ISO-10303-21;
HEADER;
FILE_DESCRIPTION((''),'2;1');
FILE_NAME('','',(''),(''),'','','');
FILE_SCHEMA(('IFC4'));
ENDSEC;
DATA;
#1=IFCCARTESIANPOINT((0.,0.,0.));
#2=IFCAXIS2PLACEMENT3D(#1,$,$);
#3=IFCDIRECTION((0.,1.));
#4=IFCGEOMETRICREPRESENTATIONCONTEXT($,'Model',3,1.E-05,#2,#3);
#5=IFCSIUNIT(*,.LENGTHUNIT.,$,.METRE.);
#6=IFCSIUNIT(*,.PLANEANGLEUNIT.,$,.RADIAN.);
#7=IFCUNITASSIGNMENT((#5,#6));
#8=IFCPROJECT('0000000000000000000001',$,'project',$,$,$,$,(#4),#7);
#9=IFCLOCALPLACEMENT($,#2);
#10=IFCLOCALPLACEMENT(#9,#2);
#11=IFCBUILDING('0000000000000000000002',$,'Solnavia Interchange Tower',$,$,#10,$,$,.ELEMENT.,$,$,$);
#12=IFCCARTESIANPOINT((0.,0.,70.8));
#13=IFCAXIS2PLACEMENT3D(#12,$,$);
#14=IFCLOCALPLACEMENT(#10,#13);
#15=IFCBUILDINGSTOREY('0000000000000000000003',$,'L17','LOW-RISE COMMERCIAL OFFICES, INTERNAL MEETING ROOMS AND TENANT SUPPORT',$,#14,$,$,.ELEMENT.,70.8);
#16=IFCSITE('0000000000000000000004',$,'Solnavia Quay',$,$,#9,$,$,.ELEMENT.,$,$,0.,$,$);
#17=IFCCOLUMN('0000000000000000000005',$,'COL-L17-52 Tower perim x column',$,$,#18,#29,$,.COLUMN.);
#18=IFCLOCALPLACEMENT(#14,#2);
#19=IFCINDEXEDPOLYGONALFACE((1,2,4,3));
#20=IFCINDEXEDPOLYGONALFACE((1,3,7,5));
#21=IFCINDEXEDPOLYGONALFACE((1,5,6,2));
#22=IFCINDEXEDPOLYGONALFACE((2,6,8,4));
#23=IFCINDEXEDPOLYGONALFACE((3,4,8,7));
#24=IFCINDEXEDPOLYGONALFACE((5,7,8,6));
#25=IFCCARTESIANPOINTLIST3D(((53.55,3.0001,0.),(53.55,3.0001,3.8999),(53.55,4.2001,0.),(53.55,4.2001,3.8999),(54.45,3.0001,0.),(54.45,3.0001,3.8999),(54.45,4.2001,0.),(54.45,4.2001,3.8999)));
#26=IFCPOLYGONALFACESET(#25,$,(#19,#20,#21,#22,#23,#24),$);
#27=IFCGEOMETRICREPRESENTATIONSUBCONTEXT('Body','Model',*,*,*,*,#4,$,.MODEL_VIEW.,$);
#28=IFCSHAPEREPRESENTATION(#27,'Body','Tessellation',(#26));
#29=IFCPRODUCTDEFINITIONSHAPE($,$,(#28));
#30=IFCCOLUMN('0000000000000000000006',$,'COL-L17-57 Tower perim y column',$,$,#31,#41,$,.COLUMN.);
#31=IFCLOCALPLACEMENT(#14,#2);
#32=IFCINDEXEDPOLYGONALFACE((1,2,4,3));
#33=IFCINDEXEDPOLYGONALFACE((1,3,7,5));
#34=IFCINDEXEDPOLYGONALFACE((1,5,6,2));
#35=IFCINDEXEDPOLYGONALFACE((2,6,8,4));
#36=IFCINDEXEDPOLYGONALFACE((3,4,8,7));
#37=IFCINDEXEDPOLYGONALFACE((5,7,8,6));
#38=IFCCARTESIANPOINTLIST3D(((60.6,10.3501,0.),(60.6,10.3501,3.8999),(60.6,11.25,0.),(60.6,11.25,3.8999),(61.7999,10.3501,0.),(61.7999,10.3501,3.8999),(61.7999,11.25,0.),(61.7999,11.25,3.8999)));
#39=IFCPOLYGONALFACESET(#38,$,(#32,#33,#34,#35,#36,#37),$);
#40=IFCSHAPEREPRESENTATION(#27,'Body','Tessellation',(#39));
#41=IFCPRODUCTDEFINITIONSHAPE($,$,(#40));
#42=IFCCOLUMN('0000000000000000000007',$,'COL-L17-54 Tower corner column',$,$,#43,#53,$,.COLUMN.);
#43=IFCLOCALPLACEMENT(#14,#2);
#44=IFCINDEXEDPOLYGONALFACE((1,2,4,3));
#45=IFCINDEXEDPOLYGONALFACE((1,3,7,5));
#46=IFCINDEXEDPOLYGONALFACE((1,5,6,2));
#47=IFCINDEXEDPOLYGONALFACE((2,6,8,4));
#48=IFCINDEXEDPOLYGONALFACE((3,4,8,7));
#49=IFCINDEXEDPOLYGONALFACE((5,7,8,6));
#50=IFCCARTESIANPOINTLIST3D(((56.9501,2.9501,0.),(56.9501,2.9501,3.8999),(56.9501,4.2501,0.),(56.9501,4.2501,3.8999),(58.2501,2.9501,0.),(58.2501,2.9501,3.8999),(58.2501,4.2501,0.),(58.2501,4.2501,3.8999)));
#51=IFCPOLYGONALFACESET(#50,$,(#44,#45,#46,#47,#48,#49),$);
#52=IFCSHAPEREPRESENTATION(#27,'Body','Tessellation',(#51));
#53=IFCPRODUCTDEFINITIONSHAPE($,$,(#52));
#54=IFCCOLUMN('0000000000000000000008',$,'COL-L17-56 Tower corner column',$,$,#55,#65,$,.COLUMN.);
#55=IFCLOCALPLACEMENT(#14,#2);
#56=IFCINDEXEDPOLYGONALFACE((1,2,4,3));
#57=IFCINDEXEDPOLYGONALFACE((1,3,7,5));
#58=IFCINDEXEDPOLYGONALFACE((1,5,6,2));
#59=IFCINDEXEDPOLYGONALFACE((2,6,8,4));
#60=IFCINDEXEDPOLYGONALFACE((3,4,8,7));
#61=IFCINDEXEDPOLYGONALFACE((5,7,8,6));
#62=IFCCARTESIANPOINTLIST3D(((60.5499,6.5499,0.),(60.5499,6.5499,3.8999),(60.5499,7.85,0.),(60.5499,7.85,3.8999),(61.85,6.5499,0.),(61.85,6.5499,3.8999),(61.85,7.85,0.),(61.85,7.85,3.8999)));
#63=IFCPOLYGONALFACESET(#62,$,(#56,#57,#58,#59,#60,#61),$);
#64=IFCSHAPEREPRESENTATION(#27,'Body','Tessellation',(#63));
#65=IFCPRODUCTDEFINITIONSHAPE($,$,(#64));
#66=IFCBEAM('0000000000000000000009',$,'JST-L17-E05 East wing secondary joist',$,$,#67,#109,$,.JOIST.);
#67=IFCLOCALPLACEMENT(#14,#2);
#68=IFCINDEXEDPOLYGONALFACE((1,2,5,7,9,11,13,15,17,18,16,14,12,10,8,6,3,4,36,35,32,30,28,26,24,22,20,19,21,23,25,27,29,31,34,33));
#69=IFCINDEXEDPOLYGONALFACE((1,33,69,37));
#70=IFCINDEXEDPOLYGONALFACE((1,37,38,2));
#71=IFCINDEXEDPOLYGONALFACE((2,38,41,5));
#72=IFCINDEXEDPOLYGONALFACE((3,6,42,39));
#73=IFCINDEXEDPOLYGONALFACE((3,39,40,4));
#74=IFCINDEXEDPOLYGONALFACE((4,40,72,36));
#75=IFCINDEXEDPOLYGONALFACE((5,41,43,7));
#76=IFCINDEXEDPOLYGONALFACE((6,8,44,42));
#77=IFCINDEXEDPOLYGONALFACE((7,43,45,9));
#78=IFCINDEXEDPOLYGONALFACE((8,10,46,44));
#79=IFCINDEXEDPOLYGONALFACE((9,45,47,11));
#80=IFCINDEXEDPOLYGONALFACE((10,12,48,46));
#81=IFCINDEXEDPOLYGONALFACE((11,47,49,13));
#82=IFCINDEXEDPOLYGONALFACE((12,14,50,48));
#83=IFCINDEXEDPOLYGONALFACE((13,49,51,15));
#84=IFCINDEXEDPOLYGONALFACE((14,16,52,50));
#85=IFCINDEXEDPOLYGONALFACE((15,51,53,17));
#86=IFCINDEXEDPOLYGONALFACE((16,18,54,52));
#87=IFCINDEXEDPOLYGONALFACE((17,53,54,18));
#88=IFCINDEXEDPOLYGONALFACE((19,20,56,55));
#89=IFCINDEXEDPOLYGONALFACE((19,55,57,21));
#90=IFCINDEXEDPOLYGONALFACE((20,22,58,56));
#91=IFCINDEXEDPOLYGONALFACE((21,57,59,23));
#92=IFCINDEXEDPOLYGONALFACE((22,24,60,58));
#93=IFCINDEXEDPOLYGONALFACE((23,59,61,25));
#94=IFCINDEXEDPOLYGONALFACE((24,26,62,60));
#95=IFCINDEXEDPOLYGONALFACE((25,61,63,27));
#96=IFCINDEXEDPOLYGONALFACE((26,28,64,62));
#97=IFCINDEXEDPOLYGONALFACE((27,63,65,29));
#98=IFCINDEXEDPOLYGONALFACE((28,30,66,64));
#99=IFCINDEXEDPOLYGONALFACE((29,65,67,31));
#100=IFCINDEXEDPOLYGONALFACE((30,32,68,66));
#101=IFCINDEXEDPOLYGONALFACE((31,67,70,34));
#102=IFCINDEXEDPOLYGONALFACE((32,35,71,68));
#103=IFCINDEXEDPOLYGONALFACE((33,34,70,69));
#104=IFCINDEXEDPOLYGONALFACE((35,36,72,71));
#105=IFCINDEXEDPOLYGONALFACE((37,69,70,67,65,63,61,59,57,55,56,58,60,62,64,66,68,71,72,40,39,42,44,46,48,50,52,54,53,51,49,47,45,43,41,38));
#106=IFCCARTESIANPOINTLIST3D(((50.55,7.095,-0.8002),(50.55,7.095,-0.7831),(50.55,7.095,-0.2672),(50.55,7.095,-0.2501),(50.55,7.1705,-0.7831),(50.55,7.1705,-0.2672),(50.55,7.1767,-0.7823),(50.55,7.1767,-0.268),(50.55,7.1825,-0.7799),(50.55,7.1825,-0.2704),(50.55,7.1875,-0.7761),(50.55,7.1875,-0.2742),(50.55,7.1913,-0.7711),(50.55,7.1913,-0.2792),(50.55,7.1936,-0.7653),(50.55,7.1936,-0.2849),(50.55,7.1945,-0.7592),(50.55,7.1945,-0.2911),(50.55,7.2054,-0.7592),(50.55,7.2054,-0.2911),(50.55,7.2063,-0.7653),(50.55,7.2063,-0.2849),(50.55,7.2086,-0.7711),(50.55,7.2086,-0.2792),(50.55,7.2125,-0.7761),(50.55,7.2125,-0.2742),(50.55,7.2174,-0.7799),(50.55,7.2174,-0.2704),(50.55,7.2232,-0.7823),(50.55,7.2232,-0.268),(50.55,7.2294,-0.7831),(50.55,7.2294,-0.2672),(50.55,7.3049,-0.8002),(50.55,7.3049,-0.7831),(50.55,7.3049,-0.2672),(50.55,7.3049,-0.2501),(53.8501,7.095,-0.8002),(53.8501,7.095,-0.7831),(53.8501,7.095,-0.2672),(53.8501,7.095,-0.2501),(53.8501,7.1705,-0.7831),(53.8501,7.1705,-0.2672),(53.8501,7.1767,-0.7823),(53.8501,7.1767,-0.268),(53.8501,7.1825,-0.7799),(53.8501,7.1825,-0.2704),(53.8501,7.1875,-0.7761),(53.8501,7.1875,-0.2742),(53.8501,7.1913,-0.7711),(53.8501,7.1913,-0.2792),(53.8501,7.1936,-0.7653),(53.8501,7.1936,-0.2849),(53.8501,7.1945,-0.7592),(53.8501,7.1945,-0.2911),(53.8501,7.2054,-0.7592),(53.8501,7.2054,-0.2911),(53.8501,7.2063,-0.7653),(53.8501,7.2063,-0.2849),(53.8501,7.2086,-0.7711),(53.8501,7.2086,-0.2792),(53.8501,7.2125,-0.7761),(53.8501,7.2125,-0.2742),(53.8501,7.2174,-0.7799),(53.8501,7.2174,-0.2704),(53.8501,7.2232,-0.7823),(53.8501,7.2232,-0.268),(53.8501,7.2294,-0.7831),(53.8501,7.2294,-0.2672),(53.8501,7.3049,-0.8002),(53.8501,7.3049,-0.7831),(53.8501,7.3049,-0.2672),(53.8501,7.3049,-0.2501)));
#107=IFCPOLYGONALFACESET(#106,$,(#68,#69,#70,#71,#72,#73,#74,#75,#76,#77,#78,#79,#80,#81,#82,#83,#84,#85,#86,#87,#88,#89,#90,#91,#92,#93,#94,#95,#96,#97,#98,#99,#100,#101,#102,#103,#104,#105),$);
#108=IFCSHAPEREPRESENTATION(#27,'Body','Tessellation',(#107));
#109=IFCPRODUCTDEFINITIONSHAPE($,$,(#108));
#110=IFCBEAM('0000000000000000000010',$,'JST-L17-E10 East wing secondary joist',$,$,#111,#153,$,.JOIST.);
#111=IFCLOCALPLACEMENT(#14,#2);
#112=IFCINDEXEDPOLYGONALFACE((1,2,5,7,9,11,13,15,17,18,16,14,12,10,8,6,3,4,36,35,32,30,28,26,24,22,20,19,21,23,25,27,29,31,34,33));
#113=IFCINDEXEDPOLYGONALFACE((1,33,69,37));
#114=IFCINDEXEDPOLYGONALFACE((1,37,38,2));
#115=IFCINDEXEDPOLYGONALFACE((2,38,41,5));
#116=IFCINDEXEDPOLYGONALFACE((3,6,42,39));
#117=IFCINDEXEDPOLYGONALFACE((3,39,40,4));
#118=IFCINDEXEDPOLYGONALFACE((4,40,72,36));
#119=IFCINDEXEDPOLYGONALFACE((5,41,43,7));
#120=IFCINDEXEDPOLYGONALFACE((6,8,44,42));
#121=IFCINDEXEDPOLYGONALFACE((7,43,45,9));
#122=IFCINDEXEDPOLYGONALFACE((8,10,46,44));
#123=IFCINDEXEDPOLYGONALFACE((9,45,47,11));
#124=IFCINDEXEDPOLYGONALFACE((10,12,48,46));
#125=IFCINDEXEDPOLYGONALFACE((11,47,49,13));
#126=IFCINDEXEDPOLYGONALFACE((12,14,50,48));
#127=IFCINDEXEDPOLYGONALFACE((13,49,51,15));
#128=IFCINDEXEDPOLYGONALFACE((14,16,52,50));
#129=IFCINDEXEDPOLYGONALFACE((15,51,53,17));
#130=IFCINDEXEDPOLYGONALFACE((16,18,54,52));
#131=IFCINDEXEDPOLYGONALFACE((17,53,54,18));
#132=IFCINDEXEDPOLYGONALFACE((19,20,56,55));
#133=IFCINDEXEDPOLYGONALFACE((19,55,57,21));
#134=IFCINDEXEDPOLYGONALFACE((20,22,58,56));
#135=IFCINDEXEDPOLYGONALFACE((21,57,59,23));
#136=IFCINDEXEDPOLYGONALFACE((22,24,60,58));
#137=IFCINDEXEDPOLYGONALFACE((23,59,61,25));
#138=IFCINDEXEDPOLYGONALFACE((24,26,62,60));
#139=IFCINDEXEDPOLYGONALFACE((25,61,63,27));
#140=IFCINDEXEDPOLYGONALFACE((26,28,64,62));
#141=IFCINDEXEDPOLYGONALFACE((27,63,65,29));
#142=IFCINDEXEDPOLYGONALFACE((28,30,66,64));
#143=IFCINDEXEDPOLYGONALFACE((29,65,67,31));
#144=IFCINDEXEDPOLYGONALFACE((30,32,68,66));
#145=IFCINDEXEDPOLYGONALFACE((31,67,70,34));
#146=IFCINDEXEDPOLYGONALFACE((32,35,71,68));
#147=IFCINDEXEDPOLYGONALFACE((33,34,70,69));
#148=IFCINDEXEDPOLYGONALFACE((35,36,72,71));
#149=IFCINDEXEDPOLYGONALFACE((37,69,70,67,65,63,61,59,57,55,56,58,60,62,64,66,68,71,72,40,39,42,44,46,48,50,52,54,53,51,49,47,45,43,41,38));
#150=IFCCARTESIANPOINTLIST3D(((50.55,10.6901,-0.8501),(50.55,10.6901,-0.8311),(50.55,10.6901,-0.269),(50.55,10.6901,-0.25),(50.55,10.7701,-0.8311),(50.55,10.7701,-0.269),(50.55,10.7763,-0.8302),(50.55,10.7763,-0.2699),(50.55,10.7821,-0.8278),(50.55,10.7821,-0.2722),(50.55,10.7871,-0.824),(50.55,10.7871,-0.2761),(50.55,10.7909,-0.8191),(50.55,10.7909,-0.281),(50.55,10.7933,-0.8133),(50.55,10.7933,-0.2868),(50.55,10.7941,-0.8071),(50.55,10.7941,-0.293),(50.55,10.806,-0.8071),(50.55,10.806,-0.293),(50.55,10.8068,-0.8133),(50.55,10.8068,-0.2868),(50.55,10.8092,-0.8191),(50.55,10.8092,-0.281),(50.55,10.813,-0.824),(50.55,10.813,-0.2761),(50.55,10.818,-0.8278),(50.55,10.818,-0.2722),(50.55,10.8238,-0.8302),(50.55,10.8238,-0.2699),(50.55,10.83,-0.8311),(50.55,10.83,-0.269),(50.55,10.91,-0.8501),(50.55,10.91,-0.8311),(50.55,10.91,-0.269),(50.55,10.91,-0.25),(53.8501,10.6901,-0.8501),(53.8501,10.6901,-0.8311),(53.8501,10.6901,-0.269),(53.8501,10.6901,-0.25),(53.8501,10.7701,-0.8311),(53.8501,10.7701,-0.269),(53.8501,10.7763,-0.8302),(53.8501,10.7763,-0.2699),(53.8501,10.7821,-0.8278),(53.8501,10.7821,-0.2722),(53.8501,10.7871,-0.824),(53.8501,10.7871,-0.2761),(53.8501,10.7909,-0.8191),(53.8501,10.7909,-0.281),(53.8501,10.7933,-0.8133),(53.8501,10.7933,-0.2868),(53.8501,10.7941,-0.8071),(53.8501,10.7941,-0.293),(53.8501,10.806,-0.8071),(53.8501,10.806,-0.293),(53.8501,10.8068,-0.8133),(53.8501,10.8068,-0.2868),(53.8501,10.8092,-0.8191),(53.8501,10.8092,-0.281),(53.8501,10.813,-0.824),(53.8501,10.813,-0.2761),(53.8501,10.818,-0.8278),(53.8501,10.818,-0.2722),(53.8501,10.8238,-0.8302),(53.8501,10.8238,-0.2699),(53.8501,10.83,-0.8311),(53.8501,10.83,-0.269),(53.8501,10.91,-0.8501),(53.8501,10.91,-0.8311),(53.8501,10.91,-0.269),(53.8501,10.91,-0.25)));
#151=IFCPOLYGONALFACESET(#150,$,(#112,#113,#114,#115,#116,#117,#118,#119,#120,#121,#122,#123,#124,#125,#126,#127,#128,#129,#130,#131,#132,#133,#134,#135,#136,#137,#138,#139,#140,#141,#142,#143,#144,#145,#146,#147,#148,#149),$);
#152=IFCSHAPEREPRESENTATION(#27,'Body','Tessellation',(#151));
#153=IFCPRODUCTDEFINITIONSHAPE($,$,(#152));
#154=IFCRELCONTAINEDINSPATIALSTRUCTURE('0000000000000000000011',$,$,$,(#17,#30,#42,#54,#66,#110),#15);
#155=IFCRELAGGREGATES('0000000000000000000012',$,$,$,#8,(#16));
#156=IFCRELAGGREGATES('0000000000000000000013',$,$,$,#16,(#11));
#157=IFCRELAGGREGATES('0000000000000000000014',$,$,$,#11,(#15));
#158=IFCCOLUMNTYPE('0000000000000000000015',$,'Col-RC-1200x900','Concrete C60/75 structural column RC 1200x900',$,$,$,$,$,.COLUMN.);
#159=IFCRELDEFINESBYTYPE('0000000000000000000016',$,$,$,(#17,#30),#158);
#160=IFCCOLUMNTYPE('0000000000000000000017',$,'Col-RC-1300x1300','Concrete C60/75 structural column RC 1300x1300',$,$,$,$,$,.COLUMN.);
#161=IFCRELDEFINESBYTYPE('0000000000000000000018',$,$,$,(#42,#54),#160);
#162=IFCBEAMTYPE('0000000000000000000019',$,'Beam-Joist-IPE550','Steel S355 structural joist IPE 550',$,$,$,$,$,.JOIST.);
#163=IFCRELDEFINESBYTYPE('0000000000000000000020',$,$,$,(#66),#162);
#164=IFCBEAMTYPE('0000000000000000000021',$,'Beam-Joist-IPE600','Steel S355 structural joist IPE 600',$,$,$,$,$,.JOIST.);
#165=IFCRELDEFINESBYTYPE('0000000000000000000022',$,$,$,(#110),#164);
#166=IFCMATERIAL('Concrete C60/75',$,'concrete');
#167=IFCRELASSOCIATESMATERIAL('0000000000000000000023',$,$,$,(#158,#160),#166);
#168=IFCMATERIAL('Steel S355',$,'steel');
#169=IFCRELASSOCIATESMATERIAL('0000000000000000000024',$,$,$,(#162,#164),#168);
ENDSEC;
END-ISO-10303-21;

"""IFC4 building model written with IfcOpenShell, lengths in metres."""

from ifc_helpers import new_model, si_unit, direction, frame, origin, origin_2d, place, context, subcontext, project, spatial, rectangle, i_section, extrude, material, material_profile, profile_set, type_object, element, save


model = new_model("IFC4")

# Units and contexts
model_context = context("Model", 3, precision=1e-05, world=origin(), true_north=direction((0.0, 1.0)))
body_context = subcontext(model_context, "Body", "Model", "MODEL_VIEW")
ifc_project = project(units=[si_unit("LENGTHUNIT", "METRE"), si_unit("PLANEANGLEUNIT", "RADIAN")], contexts=[model_context])

# Site, building, storey
site_placement = place(None, origin())
site = spatial("IfcSite", under=ifc_project, at=site_placement, Name="Solnavia Quay", CompositionType="ELEMENT", RefElevation=0.0)
building_placement = place(site_placement, origin())
building = spatial("IfcBuilding", under=site, at=building_placement, Name="Solnavia Interchange Tower", CompositionType="ELEMENT")
storey_placement = place(building_placement, frame((0.0, 0.0, 70.8)))
storey = spatial("IfcBuildingStorey", under=building, at=storey_placement, Name="L17", Description="LOW-RISE COMMERCIAL OFFICES, INTERNAL MEETING ROOMS AND TENANT SUPPORT", CompositionType="ELEMENT", Elevation=70.8)

# Columns
ifc_material_1 = material(Name="Concrete C60/75", Category="concrete")
ifc_material_profile_1 = material_profile(ifc_material_1, rectangle(XDim=0.8999, YDim=1.2, at=origin_2d()), Name="RC 1200x900")
ifc_profile_set_1 = profile_set([ifc_material_profile_1], Name="Concrete C60/75")
column_type_1 = type_object("IfcColumnType", Name="Col-RC-1200x900", Description="Concrete C60/75 structural column RC 1200x900", PredefinedType="COLUMN", material=ifc_profile_set_1)
for number, where, z_axis, x_axis, name in (
    (1, (54.0, 3.6001, 0.0), (0.0, 0.0, 1.0), (1.0, 0.0, 0.0), "COL-L17-52 Tower perim x column"),
    (2, (61.2, 10.8, 0.0), (0.0, 0.0, 1.0), (0.0, 1.0, 0.0), "COL-L17-57 Tower perim y column"),
):
    element("IfcColumn", number, at=place(storey_placement, frame(where, z_axis=z_axis, x_axis=x_axis)), inside=storey, type_object=column_type_1, Name=name, PredefinedType="COLUMN", context=body_context, shape_type="SweptSolid", body=[
        extrude(rectangle(XDim=0.8999, YDim=1.2, at=origin_2d()), origin(), (0.0, 0.0, 1.0), 3.8999),
    ])
ifc_material_profile_2 = material_profile(ifc_material_1, rectangle(XDim=1.3, YDim=1.3, at=origin_2d()), Name="RC 1300x1300")
ifc_profile_set_2 = profile_set([ifc_material_profile_2], Name="Concrete C60/75")
column_type_2 = type_object("IfcColumnType", Name="Col-RC-1300x1300", Description="Concrete C60/75 structural column RC 1300x1300", PredefinedType="COLUMN", material=ifc_profile_set_2)
for number, where, z_axis, x_axis, name in (
    (3, (57.6001, 3.6001, 0.0), (0.0, 0.0, 1.0), (1.0, 0.0, 0.0), "COL-L17-54 Tower corner column"),
    (4, (61.2, 7.2, 0.0), (0.0, 0.0, 1.0), (1.0, 0.0, 0.0), "COL-L17-56 Tower corner column"),
):
    element("IfcColumn", number, at=place(storey_placement, frame(where, z_axis=z_axis, x_axis=x_axis)), inside=storey, type_object=column_type_2, Name=name, PredefinedType="COLUMN", context=body_context, shape_type="SweptSolid", body=[
        extrude(rectangle(XDim=1.3, YDim=1.3, at=origin_2d()), origin(), (0.0, 0.0, 1.0), 3.8999),
    ])

# Beams
ifc_material_2 = material(Name="Steel S355", Category="steel")
ifc_material_profile_3 = material_profile(ifc_material_2, i_section(OverallWidth=0.21, OverallDepth=0.55, WebThickness=0.011, FlangeThickness=0.0171, FilletRadius=0.0239, at=origin_2d()), Name="IPE 550")
ifc_profile_set_3 = profile_set([ifc_material_profile_3], Name="Steel S355")
beam_type_1 = type_object("IfcBeamType", Name="Beam-Joist-IPE550", Description="Steel S355 structural joist IPE 550", PredefinedType="JOIST", material=ifc_profile_set_3)
beam_1_placement = place(storey_placement, frame((50.55, 7.2, -0.5251), z_axis=(1.0, 0.0, 0.0), x_axis=(0.0, 1.0, 0.0)))
element("IfcBeam", 5, at=beam_1_placement, inside=storey, type_object=beam_type_1, Name="JST-L17-E05 East wing secondary joist", PredefinedType="JOIST", context=body_context, shape_type="SweptSolid", body=[
    extrude(i_section(OverallWidth=0.21, OverallDepth=0.55, WebThickness=0.011, FlangeThickness=0.0171, FilletRadius=0.0239, at=origin_2d()), origin(), (0.0, 0.0, 1.0), 3.3),
])
ifc_material_profile_4 = material_profile(ifc_material_2, i_section(OverallWidth=0.22, OverallDepth=0.6001, WebThickness=0.012, FlangeThickness=0.019, FilletRadius=0.0239, at=origin_2d()), Name="IPE 600")
ifc_profile_set_4 = profile_set([ifc_material_profile_4], Name="Steel S355")
beam_type_2 = type_object("IfcBeamType", Name="Beam-Joist-IPE600", Description="Steel S355 structural joist IPE 600", PredefinedType="JOIST", material=ifc_profile_set_4)
beam_2_placement = place(storey_placement, frame((50.55, 10.8, -0.55), z_axis=(1.0, 0.0, 0.0), x_axis=(0.0, 1.0, 0.0)))
element("IfcBeam", 6, at=beam_2_placement, inside=storey, type_object=beam_type_2, Name="JST-L17-E10 East wing secondary joist", PredefinedType="JOIST", context=body_context, shape_type="SweptSolid", body=[
    extrude(i_section(OverallWidth=0.22, OverallDepth=0.6001, WebThickness=0.012, FlangeThickness=0.019, FilletRadius=0.0239, at=origin_2d()), origin(), (0.0, 0.0, 1.0), 3.3),
])

save(model, "model.ifc")
